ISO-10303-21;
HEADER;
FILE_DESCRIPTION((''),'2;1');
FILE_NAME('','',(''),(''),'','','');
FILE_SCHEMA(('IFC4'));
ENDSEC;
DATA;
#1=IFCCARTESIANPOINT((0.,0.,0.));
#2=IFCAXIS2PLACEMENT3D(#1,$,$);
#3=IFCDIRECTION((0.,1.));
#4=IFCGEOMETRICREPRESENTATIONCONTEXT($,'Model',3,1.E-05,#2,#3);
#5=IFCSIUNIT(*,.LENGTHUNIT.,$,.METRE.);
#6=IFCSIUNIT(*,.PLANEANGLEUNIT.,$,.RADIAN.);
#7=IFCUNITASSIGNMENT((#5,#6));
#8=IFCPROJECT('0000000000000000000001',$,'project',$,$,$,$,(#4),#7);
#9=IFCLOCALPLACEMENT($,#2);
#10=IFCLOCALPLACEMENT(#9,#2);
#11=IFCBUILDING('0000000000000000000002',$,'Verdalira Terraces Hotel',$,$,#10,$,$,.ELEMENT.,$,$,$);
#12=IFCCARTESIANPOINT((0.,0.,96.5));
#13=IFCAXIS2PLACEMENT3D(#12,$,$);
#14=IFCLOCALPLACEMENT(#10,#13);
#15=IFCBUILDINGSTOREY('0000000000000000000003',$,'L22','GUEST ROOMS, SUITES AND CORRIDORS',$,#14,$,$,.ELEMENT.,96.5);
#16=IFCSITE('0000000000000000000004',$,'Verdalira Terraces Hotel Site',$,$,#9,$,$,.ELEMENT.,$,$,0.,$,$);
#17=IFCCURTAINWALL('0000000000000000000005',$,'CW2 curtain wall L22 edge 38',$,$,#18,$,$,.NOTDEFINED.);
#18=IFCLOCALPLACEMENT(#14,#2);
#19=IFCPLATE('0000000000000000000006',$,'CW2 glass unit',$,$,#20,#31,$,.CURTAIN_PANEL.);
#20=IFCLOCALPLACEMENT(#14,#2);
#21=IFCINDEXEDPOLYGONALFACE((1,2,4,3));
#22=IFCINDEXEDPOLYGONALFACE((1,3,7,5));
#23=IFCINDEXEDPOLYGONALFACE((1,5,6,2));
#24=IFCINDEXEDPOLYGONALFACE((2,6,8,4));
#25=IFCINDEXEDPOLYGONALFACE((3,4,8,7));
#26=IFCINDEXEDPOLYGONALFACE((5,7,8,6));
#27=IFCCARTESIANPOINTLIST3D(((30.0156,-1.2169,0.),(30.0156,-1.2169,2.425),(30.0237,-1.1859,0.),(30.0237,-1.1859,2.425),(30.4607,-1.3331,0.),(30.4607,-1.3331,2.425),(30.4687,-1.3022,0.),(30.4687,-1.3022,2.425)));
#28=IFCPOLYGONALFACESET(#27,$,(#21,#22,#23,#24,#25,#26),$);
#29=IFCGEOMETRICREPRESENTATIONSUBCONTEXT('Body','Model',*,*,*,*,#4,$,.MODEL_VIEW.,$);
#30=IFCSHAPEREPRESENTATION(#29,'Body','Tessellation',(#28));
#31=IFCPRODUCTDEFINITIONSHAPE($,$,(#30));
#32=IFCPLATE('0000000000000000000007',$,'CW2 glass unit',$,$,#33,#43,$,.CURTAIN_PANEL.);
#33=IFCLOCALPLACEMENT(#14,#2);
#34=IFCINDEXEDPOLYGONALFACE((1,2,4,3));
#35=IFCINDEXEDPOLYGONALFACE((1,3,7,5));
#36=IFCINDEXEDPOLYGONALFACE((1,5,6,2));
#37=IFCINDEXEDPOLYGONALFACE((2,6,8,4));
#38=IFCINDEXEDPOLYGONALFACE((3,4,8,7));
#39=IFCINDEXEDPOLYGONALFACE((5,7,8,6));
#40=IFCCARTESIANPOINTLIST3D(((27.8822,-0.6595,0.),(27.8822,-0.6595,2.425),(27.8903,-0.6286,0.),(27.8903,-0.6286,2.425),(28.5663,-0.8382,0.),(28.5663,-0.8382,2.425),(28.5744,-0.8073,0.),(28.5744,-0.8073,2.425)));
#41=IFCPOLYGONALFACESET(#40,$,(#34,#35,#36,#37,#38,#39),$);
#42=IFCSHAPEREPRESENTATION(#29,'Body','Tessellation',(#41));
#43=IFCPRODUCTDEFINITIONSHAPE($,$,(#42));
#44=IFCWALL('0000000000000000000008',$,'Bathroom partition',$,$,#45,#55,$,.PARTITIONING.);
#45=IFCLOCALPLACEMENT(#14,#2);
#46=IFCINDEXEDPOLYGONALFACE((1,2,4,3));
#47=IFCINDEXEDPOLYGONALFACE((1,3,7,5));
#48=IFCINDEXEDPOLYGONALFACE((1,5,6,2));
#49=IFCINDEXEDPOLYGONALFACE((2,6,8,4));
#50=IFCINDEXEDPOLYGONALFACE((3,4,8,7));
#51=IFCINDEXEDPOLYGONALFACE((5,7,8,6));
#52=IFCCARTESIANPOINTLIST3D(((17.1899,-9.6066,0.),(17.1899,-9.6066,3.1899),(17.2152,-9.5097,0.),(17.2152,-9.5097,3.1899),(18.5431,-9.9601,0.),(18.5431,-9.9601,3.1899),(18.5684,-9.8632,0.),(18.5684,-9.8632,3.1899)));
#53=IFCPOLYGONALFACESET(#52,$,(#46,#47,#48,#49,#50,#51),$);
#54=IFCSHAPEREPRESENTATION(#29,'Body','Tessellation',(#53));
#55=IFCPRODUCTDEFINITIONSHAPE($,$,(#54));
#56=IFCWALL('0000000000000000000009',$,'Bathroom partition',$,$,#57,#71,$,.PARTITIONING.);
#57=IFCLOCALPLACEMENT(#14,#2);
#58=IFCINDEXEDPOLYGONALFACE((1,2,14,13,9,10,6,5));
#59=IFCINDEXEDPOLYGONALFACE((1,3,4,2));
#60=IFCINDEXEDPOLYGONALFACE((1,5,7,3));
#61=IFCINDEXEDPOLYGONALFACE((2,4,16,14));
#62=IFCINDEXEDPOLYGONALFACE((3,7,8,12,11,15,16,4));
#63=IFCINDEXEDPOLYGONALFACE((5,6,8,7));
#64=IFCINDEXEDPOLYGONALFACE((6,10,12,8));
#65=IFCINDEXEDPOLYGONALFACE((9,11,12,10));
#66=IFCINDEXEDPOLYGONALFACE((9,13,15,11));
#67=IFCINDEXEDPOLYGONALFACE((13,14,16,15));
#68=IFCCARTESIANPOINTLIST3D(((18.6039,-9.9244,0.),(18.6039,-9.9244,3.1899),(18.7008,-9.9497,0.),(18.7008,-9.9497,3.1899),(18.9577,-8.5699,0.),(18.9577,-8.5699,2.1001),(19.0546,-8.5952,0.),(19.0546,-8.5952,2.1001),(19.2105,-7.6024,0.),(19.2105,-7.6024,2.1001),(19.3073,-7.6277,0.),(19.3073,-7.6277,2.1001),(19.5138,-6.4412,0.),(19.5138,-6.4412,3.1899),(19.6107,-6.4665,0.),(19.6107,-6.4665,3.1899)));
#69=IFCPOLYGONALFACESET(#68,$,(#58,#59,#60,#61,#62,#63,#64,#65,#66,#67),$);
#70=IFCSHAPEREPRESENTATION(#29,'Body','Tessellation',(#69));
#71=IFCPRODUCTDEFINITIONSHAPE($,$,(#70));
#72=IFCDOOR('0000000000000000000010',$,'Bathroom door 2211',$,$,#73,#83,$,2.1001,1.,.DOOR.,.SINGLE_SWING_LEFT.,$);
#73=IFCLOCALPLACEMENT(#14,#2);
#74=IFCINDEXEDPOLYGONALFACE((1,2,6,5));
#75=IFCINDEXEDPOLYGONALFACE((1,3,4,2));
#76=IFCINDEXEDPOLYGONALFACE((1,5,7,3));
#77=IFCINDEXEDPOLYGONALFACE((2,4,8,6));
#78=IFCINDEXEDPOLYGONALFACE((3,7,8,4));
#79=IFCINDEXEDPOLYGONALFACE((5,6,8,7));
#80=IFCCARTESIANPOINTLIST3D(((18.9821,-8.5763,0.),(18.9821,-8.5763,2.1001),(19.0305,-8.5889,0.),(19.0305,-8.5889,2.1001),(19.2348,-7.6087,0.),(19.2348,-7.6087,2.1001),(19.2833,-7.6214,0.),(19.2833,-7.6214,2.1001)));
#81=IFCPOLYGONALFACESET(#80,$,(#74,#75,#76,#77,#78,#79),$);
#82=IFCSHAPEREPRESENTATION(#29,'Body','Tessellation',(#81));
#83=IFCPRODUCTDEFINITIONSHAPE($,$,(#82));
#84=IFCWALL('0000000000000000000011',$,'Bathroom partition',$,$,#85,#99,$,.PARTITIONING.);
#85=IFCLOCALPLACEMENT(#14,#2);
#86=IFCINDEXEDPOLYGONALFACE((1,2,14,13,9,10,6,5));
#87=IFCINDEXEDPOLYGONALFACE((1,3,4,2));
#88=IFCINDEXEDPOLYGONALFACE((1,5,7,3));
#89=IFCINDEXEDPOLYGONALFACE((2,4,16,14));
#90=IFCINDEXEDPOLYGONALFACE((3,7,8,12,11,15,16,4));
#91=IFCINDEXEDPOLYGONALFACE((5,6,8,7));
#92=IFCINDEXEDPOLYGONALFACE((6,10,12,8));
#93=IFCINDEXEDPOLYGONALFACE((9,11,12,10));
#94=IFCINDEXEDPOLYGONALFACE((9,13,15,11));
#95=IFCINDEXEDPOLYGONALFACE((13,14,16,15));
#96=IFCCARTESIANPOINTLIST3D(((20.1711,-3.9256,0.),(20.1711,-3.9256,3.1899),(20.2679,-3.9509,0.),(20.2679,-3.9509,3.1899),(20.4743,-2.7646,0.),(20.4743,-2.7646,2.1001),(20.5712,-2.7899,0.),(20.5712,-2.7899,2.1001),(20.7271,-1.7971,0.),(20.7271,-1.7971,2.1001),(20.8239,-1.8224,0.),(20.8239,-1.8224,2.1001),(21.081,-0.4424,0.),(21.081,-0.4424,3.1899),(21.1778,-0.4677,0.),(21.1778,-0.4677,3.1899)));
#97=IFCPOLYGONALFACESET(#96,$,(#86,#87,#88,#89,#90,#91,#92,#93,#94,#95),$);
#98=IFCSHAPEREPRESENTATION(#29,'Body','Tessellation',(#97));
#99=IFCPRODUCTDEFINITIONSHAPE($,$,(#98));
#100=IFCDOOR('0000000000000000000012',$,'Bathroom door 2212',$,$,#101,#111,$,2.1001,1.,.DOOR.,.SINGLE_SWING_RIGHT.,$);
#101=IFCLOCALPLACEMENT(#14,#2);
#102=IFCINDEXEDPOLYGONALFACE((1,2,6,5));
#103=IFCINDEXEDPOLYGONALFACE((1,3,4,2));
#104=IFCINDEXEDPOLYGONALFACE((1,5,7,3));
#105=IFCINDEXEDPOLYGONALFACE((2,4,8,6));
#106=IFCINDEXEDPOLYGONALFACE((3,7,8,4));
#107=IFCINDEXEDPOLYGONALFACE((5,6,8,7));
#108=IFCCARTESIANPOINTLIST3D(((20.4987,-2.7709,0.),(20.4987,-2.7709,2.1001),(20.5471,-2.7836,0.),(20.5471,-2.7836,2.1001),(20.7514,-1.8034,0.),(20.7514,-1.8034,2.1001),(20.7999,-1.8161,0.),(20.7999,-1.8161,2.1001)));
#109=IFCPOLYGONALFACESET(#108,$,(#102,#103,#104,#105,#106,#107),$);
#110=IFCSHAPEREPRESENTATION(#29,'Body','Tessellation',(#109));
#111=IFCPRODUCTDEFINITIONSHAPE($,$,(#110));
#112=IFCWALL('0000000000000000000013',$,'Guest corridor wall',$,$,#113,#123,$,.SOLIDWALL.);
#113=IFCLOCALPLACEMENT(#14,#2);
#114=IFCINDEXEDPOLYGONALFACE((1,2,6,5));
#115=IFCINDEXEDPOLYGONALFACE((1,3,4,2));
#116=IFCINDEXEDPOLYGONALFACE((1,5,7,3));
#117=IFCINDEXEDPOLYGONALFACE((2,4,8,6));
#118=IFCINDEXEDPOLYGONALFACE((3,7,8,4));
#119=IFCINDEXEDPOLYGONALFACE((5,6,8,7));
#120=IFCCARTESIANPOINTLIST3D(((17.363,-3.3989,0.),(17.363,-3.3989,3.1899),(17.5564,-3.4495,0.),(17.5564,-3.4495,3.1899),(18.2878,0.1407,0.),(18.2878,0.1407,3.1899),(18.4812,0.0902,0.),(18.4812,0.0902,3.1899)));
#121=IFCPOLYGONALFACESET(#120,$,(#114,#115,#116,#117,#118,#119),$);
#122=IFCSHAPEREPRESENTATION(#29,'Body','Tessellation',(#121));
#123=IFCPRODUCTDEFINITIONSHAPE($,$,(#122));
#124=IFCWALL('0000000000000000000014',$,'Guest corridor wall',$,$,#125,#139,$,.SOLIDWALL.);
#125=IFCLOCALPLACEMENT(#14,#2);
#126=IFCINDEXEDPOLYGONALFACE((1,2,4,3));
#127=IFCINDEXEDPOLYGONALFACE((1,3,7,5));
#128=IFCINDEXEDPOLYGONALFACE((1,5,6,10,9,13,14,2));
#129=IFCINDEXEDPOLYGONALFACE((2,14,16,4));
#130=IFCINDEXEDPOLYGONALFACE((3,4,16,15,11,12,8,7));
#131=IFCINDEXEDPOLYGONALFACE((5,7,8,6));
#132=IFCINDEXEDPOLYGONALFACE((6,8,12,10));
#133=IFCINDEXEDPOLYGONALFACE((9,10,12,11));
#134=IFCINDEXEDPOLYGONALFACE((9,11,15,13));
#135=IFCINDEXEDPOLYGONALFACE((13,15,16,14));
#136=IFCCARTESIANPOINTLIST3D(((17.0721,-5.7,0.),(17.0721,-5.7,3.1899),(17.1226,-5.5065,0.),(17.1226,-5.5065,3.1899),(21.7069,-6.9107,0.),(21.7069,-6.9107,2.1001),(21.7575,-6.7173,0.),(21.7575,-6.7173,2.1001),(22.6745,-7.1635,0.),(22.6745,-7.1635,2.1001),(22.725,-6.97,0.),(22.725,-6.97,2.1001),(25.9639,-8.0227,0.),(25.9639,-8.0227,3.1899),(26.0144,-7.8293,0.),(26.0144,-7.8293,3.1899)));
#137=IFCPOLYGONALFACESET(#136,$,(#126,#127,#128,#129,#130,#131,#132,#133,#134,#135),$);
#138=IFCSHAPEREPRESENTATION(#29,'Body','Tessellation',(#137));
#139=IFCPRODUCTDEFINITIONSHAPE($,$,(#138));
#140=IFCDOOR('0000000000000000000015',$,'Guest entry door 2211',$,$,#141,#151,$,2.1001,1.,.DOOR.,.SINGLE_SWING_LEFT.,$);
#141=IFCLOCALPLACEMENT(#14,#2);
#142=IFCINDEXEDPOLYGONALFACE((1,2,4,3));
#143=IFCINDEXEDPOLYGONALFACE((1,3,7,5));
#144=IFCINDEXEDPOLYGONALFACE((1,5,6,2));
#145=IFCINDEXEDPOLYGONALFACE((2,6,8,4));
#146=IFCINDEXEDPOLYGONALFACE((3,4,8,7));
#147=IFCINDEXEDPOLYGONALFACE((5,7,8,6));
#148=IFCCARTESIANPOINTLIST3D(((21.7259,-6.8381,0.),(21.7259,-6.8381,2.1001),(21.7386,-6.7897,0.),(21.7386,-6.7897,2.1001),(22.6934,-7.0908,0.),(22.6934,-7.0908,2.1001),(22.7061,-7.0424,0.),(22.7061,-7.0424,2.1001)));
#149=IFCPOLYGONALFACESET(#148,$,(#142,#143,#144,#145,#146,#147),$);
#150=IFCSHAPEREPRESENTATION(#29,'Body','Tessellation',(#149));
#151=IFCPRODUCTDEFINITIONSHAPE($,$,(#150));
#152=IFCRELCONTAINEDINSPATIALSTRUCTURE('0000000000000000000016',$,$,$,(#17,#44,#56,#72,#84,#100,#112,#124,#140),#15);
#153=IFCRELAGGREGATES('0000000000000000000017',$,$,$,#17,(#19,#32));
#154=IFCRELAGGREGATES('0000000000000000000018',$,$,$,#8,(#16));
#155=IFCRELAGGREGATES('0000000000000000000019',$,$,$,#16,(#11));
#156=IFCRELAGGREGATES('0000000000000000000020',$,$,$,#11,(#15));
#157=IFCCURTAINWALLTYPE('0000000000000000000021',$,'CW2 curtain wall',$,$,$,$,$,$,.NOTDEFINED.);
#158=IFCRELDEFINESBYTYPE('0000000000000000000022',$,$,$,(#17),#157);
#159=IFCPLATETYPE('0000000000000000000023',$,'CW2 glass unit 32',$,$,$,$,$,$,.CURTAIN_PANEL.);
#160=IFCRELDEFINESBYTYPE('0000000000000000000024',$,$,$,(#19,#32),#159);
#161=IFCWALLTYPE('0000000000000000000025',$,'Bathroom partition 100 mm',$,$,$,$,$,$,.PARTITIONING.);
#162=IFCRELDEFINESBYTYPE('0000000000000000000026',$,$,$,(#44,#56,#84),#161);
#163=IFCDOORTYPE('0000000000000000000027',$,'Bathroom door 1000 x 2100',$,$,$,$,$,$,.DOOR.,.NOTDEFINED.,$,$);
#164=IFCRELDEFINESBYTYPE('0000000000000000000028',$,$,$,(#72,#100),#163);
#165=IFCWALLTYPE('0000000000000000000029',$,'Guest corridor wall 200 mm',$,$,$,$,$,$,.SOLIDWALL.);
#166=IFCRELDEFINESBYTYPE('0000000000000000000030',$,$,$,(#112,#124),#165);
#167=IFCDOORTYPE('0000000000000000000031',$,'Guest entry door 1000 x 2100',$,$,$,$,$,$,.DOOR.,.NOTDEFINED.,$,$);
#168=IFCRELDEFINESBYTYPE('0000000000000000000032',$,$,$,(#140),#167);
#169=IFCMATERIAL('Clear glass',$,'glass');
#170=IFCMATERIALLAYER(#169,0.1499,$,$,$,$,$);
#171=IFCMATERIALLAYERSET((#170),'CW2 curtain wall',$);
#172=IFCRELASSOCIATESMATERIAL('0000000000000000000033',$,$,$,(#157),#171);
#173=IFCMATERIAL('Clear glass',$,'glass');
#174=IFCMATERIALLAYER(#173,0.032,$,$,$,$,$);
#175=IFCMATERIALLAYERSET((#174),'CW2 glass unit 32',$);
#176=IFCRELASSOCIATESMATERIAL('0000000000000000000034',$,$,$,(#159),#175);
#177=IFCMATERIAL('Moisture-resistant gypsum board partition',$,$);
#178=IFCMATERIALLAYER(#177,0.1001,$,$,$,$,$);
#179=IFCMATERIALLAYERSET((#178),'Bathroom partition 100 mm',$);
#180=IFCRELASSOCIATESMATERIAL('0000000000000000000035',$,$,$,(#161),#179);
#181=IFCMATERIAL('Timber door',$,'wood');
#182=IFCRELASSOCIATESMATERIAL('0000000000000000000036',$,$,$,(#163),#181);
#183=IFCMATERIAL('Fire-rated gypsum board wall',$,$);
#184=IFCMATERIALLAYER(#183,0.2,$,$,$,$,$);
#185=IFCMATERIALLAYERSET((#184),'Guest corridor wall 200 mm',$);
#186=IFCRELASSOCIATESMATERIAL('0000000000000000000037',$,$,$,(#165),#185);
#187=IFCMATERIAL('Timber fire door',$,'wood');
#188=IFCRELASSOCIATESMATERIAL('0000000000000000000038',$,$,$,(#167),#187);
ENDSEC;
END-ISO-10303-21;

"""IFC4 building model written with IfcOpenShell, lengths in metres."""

from ifc_helpers import new_model, si_unit, direction, frame, frame_2d, origin, origin_2d, place, context, subcontext, project, spatial, rectangle, extrude, material, layer, layer_set, type_object, element, fill, aggregate, save


model = new_model("IFC4")

# Units and contexts
model_context = context("Model", 3, precision=1e-05, world=origin(), true_north=direction((0.0, 1.0)))
body_context = subcontext(model_context, "Body", "Model", "MODEL_VIEW")
ifc_project = project(units=[si_unit("LENGTHUNIT", "METRE"), si_unit("PLANEANGLEUNIT", "RADIAN")], contexts=[model_context])

# Site, building, storey
site_placement = place(None, origin())
site = spatial("IfcSite", under=ifc_project, at=site_placement, Name="Verdalira Terraces Hotel Site", CompositionType="ELEMENT", RefElevation=0.0)
building_placement = place(site_placement, origin())
building = spatial("IfcBuilding", under=site, at=building_placement, Name="Verdalira Terraces Hotel", CompositionType="ELEMENT")
storey_placement = place(building_placement, frame((0.0, 0.0, 96.5)))
storey = spatial("IfcBuildingStorey", under=building, at=storey_placement, Name="L22", Description="GUEST ROOMS, SUITES AND CORRIDORS", CompositionType="ELEMENT", Elevation=96.5)

# Curtain wall
ifc_material_1 = material(Name="Clear glass", Category="glass")
ifc_layer_1 = layer(ifc_material_1, 0.1499)
ifc_layer_set_1 = layer_set([ifc_layer_1], Name="CW2 curtain wall")
curtain_wall_type = type_object("IfcCurtainWallType", Name="CW2 curtain wall", PredefinedType="NOTDEFINED", material=ifc_layer_set_1)
curtain_wall_placement = place(storey_placement, origin())
curtain_wall = element("IfcCurtainWall", 1, at=curtain_wall_placement, inside=storey, type_object=curtain_wall_type, Name="CW2 curtain wall L22 edge 38", PredefinedType="NOTDEFINED")

# Plates
ifc_material_2 = material(Name="Clear glass", Category="glass")
ifc_layer_2 = layer(ifc_material_2, 0.032)
ifc_layer_set_2 = layer_set([ifc_layer_2], Name="CW2 glass unit 32")
plate_type = type_object("IfcPlateType", Name="CW2 glass unit 32", PredefinedType="CURTAIN_PANEL", material=ifc_layer_set_2)
plate_1_placement = place(storey_placement, frame((30.2422, -1.2595, 0.0), z_axis=(0.0, 0.0, 1.0), x_axis=(-0.967533, 0.252745, 0.0)))
plate_1 = element("IfcPlate", 2, at=plate_1_placement, type_object=plate_type, Name="CW2 glass unit", PredefinedType="CURTAIN_PANEL", context=body_context, shape_type="SweptSolid", body=[
    extrude(rectangle(XDim=0.46, YDim=0.032, at=origin_2d()), origin(), (0.0, 0.0, 1.0), 2.425),
])
plate_2_placement = place(storey_placement, frame((28.2283, -0.7334, 0.0), z_axis=(0.0, 0.0, 1.0), x_axis=(-0.967533, 0.252745, 0.0)))
plate_2 = element("IfcPlate", 3, at=plate_2_placement, type_object=plate_type, Name="CW2 glass unit", PredefinedType="CURTAIN_PANEL", context=body_context, shape_type="SweptSolid", body=[
    extrude(rectangle(XDim=0.707, YDim=0.032, at=origin_2d()), origin(), (0.0, 0.0, 1.0), 2.425),
])
aggregate(curtain_wall, [plate_1, plate_2])

# Wall
ifc_material_3 = material(Name="Moisture-resistant gypsum board partition")
ifc_layer_3 = layer(ifc_material_3, 0.1001)
ifc_layer_set_3 = layer_set([ifc_layer_3], Name="Bathroom partition 100 mm")
wall_type_1 = type_object("IfcWallType", Name="Bathroom partition 100 mm", PredefinedType="PARTITIONING", material=ifc_layer_set_3)
wall_1_placement = place(storey_placement, frame((18.5557, -9.9116, 0.0), z_axis=(0.0, 0.0, 1.0), x_axis=(-0.967532, 0.252749, 0.0)))
element("IfcWall", 4, at=wall_1_placement, inside=storey, type_object=wall_type_1, Name="Bathroom partition", PredefinedType="PARTITIONING", context=body_context, shape_type="SweptSolid", body=[
    extrude(rectangle(XDim=1.3987, YDim=0.1001, at=frame_2d((0.6992, 0.0))), origin(), (0.0, 0.0, 1.0), 3.1899),
])

# Walls, openings, doors
wall_2_placement = place(storey_placement, frame((18.6523, -9.937, 0.0), z_axis=(0.0, 0.0, 1.0), x_axis=(0.25275, 0.967532, 0.0)))
wall_2 = element("IfcWall", 5, at=wall_2_placement, inside=storey, type_object=wall_type_1, Name="Bathroom partition", PredefinedType="PARTITIONING", context=body_context, shape_type="SweptSolid", body=[
    extrude(rectangle(XDim=3.6001, YDim=0.1001, at=frame_2d((1.8, 0.0))), origin(), (0.0, 0.0, 1.0), 3.1899),
])
opening_1_placement = place(wall_2_placement, frame((1.3999, 0.0, 0.0)))
opening_1 = element("IfcOpeningElement", 6, at=opening_1_placement, cuts=wall_2, PredefinedType="OPENING", context=body_context, shape_type="SweptSolid", body=[
    extrude(rectangle(XDim=1.0, YDim=2.1001, at=frame_2d((0.5, 1.05))), frame((0.0, 0.0601, 0.0), z_axis=(0.0, -1.0, 0.0), x_axis=(1.0, 0.0, 0.0)), (0.0, 0.0, 1.0), 0.1201),
])
ifc_material_4 = material(Name="Timber door", Category="wood")
door_type_1 = type_object("IfcDoorType", Name="Bathroom door 1000 x 2100", OperationType="NOTDEFINED", PredefinedType="DOOR", material=ifc_material_4)
door_1_placement = place(opening_1_placement, origin())
door_1 = element("IfcDoor", 7, at=door_1_placement, inside=storey, type_object=door_type_1, Name="Bathroom door 2211", OperationType="SINGLE_SWING_LEFT", OverallHeight=2.1001, OverallWidth=1.0, PredefinedType="DOOR", context=body_context, shape_type="SweptSolid", body=[
    extrude(rectangle(XDim=1.0, YDim=2.1001, at=frame_2d((0.5, 1.05))), frame((0.0, 0.0249, 0.0), z_axis=(0.0, -1.0, 0.0), x_axis=(1.0, 0.0, 0.0)), (0.0, 0.0, 1.0), 0.05),
])
fill(opening_1, door_1)
wall_3_placement = place(storey_placement, frame((20.2195, -3.9382, 0.0), z_axis=(0.0, 0.0, 1.0), x_axis=(0.25275, 0.967532, 0.0)))
wall_3 = element("IfcWall", 8, at=wall_3_placement, inside=storey, type_object=wall_type_1, Name="Bathroom partition", PredefinedType="PARTITIONING", context=body_context, shape_type="SweptSolid", body=[
    extrude(rectangle(XDim=3.6001, YDim=0.1001, at=frame_2d((1.8, 0.0))), origin(), (0.0, 0.0, 1.0), 3.1899),
])
opening_2_placement = place(wall_3_placement, frame((1.2, 0.0, 0.0)))
opening_2 = element("IfcOpeningElement", 9, at=opening_2_placement, cuts=wall_3, PredefinedType="OPENING", context=body_context, shape_type="SweptSolid", body=[
    extrude(rectangle(XDim=1.0, YDim=2.1001, at=frame_2d((0.5, 1.05))), frame((0.0, 0.0601, 0.0), z_axis=(0.0, -1.0, 0.0), x_axis=(1.0, 0.0, 0.0)), (0.0, 0.0, 1.0), 0.1201),
])
door_2_placement = place(opening_2_placement, origin())
door_2 = element("IfcDoor", 10, at=door_2_placement, inside=storey, type_object=door_type_1, Name="Bathroom door 2212", OperationType="SINGLE_SWING_RIGHT", OverallHeight=2.1001, OverallWidth=1.0, PredefinedType="DOOR", context=body_context, shape_type="SweptSolid", body=[
    extrude(rectangle(XDim=1.0, YDim=2.1001, at=frame_2d((0.5, 1.05))), frame((0.0, 0.0249, 0.0), z_axis=(0.0, -1.0, 0.0), x_axis=(1.0, 0.0, 0.0)), (0.0, 0.0, 1.0), 0.05),
])
fill(opening_2, door_2)

# Wall
ifc_material_5 = material(Name="Fire-rated gypsum board wall")
ifc_layer_4 = layer(ifc_material_5, 0.2)
ifc_layer_set_4 = layer_set([ifc_layer_4], Name="Guest corridor wall 200 mm")
wall_type_2 = type_object("IfcWallType", Name="Guest corridor wall 200 mm", PredefinedType="SOLIDWALL", material=ifc_layer_set_4)
wall_4_placement = place(storey_placement, frame((17.4597, -3.4241, 0.0), z_axis=(0.0, 0.0, 1.0), x_axis=(0.252791, 0.967521, 0.0)))
element("IfcWall", 11, at=wall_4_placement, inside=storey, type_object=wall_type_2, Name="Guest corridor wall", PredefinedType="SOLIDWALL", context=body_context, shape_type="SweptSolid", body=[
    extrude(rectangle(XDim=3.6584, YDim=0.2, at=frame_2d((1.8291, 0.0))), origin(), (0.0, 0.0, 1.0), 3.1899),
])

# Wall, opening, door
wall_5_placement = place(storey_placement, frame((25.9893, -7.926, 0.0), z_axis=(0.0, 0.0, 1.0), x_axis=(-0.967534, 0.252742, 0.0)))
wall_5 = element("IfcWall", 12, at=wall_5_placement, inside=storey, type_object=wall_type_2, Name="Guest corridor wall", PredefinedType="SOLIDWALL", context=body_context, shape_type="SweptSolid", body=[
    extrude(rectangle(XDim=9.1902, YDim=0.2, at=frame_2d((4.5952, 0.0))), origin(), (0.0, 0.0, 1.0), 3.1899),
])
opening_3_placement = place(wall_5_placement, frame((3.3999, 0.0, 0.0)))
opening_3 = element("IfcOpeningElement", 13, at=opening_3_placement, cuts=wall_5, PredefinedType="OPENING", context=body_context, shape_type="SweptSolid", body=[
    extrude(rectangle(XDim=1.0, YDim=2.1001, at=frame_2d((0.5, 1.05))), frame((0.0, 0.1099, 0.0), z_axis=(0.0, -1.0, 0.0), x_axis=(1.0, 0.0, 0.0)), (0.0, 0.0, 1.0), 0.22),
])
ifc_material_6 = material(Name="Timber fire door", Category="wood")
door_type_2 = type_object("IfcDoorType", Name="Guest entry door 1000 x 2100", OperationType="NOTDEFINED", PredefinedType="DOOR", material=ifc_material_6)
door_3_placement = place(opening_3_placement, origin())
door_3 = element("IfcDoor", 14, at=door_3_placement, inside=storey, type_object=door_type_2, Name="Guest entry door 2211", OperationType="SINGLE_SWING_LEFT", OverallHeight=2.1001, OverallWidth=1.0, PredefinedType="DOOR", context=body_context, shape_type="SweptSolid", body=[
    extrude(rectangle(XDim=1.0, YDim=2.1001, at=frame_2d((0.5, 1.05))), frame((0.0, 0.0249, 0.0), z_axis=(0.0, -1.0, 0.0), x_axis=(1.0, 0.0, 0.0)), (0.0, 0.0, 1.0), 0.05),
])
fill(opening_3, door_3)

save(model, "model.ifc")
